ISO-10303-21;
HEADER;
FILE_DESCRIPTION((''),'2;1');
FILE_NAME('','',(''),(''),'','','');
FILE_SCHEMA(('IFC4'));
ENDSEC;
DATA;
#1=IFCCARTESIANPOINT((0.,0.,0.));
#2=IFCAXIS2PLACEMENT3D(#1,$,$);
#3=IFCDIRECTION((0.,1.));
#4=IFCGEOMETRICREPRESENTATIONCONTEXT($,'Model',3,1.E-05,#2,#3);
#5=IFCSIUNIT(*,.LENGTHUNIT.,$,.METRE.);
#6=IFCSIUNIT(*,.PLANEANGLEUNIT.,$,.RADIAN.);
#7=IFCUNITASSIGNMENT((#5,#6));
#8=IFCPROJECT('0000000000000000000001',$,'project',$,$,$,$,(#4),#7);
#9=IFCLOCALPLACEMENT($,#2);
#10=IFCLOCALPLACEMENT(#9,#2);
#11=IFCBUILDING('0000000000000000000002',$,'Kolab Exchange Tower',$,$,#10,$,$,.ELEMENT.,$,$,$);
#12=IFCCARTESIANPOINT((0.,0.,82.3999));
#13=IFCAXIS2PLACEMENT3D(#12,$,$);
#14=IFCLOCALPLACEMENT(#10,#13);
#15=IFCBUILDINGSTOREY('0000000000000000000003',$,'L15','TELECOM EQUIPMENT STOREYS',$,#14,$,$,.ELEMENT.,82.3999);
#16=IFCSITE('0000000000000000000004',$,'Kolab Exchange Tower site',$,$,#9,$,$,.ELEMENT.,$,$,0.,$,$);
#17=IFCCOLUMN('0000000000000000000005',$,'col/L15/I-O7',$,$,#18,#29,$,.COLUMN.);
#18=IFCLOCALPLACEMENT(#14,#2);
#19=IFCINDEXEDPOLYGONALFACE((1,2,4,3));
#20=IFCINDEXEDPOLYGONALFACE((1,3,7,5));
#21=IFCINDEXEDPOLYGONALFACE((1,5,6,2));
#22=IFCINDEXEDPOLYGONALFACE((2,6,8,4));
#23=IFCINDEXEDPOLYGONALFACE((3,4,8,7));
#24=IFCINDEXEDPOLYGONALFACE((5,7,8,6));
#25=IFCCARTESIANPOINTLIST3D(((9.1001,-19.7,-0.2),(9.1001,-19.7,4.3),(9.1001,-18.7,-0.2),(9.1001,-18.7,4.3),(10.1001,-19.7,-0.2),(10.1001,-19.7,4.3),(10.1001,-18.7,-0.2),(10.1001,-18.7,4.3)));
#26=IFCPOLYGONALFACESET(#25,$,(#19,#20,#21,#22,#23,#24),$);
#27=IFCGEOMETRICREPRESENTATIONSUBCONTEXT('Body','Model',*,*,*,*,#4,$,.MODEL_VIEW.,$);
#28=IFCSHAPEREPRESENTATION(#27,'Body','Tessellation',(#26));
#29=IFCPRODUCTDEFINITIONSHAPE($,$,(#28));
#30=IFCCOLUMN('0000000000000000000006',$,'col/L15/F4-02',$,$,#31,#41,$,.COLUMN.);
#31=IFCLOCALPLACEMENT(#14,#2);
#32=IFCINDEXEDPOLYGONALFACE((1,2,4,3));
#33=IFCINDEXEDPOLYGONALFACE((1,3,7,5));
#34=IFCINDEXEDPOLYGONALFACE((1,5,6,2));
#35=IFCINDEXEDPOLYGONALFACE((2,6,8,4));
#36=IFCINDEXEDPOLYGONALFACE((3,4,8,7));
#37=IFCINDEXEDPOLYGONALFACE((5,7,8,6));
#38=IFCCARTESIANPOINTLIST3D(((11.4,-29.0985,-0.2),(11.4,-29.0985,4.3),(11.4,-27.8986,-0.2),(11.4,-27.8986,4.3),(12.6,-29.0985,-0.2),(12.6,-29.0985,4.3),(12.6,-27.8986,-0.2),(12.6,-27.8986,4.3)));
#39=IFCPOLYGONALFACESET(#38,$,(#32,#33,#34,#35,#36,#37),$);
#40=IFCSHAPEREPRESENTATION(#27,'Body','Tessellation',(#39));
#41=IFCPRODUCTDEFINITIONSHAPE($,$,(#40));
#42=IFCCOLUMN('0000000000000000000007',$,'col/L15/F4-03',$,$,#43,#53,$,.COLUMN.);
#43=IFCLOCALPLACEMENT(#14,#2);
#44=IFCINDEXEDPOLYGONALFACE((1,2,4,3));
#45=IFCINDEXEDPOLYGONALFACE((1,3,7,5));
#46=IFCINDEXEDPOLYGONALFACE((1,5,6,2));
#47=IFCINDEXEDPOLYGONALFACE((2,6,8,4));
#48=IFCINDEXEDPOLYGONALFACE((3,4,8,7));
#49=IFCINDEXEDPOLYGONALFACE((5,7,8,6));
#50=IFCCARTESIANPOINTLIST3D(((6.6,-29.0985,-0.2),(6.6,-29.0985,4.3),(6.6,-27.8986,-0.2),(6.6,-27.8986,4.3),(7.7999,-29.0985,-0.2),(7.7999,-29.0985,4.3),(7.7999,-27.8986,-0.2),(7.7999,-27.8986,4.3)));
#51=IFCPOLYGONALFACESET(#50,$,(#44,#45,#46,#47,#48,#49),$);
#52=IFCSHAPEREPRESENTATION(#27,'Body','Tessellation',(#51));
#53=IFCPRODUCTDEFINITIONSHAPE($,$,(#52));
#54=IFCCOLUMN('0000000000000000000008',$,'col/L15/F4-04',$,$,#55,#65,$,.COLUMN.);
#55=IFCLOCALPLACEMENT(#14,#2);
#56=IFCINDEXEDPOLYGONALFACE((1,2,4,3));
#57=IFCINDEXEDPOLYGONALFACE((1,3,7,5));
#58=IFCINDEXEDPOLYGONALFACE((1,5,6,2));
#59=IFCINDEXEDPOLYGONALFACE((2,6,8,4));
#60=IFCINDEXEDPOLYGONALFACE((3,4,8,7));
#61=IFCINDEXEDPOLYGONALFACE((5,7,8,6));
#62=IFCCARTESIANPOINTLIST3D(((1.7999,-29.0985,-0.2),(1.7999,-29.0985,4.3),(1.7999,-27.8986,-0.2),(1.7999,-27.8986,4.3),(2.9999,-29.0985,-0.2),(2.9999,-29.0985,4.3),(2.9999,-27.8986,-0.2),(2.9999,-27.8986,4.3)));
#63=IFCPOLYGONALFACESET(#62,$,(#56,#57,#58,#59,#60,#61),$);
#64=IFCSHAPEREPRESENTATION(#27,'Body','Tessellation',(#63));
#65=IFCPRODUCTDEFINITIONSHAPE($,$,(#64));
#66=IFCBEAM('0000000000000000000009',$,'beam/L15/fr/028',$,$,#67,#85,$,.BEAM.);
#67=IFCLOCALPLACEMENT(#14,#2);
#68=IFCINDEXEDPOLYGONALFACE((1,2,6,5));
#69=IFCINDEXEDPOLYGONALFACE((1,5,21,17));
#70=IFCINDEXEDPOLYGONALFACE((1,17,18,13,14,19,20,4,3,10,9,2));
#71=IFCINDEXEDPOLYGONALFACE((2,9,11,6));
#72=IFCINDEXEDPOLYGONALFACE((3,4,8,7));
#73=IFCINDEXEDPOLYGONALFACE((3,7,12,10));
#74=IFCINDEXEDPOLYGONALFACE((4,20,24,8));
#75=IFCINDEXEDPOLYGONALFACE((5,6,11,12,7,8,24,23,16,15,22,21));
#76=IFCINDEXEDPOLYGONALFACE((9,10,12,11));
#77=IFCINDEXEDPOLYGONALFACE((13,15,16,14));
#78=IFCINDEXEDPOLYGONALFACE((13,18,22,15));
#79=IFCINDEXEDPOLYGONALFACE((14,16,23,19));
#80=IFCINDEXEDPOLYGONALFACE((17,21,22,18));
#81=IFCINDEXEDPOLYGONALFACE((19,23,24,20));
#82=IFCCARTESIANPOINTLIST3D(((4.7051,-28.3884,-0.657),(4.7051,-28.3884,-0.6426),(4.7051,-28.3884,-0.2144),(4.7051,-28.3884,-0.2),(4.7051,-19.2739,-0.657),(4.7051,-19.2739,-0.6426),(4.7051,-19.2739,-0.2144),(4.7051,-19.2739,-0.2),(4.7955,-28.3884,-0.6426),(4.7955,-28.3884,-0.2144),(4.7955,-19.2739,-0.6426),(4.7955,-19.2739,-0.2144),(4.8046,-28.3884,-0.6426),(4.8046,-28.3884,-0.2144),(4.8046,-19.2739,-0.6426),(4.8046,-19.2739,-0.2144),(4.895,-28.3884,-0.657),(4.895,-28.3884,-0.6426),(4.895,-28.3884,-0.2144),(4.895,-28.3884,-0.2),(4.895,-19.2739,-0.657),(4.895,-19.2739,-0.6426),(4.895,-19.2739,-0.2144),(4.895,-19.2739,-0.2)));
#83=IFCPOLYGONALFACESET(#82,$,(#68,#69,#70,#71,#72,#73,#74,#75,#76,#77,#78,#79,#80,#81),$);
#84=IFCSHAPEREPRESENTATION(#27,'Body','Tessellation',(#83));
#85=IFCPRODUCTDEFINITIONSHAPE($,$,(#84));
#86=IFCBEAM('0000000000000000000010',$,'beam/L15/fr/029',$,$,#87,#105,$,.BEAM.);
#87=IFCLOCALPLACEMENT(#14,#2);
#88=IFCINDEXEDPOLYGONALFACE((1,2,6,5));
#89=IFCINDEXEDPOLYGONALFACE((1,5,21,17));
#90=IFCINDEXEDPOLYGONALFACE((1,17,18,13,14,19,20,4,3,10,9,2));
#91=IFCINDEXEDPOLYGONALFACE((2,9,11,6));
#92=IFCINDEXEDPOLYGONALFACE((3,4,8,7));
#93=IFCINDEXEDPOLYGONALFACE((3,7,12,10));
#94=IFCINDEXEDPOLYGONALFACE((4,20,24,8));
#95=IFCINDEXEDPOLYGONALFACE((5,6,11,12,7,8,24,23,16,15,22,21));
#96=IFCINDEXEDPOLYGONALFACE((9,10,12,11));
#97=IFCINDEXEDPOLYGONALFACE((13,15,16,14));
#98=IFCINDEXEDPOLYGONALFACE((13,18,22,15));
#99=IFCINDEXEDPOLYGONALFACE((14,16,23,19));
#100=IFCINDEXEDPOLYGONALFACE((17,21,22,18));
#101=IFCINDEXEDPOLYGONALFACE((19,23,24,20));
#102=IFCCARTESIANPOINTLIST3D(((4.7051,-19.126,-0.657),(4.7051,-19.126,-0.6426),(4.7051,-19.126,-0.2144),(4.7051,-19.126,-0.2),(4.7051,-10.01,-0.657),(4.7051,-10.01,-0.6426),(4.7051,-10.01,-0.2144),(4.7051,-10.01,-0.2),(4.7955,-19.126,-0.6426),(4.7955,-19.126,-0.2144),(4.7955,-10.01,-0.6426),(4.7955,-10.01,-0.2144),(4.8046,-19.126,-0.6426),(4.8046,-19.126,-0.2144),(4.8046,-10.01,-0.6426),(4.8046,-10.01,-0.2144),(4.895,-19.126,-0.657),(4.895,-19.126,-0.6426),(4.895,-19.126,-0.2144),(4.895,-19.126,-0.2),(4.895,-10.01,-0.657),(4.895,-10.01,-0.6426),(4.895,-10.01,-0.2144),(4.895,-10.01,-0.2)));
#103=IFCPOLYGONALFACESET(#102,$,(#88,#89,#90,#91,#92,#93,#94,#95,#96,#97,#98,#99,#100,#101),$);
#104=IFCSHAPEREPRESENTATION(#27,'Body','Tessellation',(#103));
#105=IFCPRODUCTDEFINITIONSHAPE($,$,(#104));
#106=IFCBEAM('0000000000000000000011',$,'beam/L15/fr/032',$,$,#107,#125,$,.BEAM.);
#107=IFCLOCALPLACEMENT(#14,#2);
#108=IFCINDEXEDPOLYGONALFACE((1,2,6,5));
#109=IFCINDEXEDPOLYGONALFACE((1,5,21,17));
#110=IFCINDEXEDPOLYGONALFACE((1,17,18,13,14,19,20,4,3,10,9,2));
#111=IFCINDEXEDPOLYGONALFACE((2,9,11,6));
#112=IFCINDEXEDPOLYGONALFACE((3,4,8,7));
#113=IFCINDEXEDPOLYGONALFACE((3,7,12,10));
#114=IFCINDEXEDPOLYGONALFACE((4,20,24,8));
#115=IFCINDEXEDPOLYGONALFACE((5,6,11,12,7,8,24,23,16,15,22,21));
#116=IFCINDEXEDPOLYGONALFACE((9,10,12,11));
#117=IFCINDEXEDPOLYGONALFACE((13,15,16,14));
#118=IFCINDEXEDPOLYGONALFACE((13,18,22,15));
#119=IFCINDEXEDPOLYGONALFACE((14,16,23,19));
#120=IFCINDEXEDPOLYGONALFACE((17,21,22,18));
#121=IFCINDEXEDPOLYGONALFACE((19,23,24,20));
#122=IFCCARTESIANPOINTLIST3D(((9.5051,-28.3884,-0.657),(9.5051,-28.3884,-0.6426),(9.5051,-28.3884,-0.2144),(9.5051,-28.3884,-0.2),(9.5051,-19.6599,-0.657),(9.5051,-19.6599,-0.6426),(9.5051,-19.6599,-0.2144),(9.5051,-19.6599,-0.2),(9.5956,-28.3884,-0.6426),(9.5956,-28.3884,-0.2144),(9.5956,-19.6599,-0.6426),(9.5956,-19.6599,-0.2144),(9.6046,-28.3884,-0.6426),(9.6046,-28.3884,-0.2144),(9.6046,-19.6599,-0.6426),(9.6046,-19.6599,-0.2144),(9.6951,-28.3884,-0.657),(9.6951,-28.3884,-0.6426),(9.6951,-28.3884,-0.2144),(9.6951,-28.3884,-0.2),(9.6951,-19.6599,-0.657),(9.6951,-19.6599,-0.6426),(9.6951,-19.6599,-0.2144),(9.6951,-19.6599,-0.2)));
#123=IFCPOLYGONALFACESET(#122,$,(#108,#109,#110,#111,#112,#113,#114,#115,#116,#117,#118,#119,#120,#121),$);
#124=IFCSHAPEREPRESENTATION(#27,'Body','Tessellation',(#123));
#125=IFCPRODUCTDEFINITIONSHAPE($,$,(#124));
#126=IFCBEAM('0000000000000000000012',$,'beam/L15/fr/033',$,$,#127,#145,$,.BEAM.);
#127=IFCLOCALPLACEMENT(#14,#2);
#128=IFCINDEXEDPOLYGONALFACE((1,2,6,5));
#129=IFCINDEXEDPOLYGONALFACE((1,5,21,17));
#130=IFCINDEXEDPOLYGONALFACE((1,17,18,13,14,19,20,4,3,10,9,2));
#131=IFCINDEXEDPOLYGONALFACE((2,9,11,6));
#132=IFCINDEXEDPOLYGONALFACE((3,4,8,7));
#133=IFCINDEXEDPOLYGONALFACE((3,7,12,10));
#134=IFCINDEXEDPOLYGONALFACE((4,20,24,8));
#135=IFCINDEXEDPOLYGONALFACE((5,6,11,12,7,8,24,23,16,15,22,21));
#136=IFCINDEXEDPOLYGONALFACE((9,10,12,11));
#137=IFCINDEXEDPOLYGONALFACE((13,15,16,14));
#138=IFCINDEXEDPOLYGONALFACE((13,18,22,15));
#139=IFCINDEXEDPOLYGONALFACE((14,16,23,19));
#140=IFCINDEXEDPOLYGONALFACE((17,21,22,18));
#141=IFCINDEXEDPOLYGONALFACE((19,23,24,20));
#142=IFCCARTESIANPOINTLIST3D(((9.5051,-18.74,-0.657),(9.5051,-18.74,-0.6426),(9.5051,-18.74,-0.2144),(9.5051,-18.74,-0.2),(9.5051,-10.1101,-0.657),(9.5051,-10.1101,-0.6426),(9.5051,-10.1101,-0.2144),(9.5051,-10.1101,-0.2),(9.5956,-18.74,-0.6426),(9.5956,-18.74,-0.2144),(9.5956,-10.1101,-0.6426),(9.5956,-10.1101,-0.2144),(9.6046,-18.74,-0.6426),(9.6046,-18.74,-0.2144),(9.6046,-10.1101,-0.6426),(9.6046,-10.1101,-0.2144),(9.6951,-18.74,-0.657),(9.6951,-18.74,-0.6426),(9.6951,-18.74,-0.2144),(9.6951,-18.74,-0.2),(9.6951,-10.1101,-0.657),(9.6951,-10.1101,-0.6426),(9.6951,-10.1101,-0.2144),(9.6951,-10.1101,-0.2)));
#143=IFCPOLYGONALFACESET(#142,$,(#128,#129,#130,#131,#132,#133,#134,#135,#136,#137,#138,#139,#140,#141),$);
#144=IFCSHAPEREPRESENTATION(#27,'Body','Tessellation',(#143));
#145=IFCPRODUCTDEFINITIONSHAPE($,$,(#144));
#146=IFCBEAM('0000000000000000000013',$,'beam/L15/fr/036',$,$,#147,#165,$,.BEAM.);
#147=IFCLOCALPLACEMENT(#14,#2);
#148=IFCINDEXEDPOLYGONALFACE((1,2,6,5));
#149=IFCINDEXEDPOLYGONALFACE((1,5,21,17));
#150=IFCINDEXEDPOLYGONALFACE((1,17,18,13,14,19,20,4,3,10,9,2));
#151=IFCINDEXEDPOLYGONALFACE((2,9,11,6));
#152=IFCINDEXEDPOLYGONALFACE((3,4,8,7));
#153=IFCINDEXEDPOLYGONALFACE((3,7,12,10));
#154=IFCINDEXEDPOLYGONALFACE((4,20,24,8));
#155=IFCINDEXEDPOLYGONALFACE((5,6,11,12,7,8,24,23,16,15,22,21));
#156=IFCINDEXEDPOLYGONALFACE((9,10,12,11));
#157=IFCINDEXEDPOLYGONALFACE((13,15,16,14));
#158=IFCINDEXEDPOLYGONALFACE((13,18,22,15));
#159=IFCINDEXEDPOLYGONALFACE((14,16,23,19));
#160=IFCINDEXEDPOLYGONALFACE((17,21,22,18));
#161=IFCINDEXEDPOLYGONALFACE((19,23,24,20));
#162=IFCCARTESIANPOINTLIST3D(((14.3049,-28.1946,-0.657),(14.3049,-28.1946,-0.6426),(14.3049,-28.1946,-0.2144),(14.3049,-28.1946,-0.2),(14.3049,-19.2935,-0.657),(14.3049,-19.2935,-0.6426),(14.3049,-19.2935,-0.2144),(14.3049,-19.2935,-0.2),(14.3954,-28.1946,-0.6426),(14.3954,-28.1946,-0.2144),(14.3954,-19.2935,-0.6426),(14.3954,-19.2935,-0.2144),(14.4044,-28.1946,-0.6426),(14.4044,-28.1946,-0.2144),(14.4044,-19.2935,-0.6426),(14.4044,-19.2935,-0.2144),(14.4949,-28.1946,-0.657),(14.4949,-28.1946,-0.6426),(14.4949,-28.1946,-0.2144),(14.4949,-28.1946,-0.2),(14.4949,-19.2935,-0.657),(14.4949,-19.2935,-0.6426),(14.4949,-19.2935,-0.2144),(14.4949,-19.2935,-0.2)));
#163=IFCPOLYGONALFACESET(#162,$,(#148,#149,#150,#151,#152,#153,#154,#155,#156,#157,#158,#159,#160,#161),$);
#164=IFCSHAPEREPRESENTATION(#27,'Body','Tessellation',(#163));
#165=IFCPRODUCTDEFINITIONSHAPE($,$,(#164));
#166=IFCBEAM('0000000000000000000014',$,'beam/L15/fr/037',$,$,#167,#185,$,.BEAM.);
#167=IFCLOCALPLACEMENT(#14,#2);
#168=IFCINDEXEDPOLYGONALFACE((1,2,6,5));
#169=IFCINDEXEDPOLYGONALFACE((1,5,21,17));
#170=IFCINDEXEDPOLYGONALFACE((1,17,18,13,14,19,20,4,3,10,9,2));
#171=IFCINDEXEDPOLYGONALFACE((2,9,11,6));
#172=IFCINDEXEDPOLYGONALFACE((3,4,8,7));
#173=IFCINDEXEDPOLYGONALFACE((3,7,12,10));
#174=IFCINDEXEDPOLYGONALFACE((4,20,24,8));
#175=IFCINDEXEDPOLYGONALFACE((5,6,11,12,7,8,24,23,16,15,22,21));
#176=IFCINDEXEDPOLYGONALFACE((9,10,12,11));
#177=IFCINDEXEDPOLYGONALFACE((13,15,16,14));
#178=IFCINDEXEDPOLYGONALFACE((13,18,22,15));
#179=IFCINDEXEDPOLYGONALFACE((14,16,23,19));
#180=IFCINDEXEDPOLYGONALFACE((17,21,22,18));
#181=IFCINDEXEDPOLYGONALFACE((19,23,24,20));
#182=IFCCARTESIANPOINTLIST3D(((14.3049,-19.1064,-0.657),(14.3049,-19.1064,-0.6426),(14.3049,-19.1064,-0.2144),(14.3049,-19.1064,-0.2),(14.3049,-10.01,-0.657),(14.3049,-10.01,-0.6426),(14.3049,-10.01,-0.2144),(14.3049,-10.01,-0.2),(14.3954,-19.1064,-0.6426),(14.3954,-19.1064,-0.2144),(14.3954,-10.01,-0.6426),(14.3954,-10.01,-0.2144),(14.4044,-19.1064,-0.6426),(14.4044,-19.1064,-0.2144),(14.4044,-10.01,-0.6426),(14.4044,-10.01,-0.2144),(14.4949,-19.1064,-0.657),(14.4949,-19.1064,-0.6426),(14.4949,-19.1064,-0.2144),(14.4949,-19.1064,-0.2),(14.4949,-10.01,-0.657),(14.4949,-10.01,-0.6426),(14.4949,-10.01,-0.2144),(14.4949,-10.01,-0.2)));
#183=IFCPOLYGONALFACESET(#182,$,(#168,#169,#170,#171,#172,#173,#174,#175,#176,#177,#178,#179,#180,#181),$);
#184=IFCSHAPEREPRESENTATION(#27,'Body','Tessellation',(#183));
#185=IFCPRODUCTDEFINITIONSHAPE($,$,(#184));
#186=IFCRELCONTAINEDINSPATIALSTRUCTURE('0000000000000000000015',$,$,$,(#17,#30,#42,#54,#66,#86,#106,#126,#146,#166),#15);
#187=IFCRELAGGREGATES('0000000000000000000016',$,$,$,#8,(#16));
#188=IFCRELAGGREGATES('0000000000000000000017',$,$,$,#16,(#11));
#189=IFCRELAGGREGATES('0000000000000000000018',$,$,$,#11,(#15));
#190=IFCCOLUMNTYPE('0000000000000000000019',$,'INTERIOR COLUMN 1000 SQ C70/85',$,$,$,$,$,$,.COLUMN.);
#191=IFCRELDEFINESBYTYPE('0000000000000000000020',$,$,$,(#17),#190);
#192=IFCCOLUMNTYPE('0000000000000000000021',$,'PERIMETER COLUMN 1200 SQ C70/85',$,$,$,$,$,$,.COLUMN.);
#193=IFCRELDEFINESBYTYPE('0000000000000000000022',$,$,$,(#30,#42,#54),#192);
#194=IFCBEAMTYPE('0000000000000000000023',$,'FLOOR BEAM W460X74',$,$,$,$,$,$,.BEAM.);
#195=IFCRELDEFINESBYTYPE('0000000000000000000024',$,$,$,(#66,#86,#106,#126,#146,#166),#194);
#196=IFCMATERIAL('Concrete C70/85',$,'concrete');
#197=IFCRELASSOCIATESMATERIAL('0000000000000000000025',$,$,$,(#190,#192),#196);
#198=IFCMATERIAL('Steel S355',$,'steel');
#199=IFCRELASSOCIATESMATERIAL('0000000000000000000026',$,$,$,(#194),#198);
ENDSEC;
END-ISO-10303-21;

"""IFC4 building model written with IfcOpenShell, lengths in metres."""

from ifc_helpers import new_model, si_unit, direction, frame, origin, origin_2d, place, context, subcontext, project, spatial, rectangle, i_section, extrude, material, material_profile, profile_set, type_object, element, save


model = new_model("IFC4")

# Units and contexts
model_context = context("Model", 3, precision=1e-05, world=origin(), true_north=direction((0.0, 1.0)))
body_context = subcontext(model_context, "Body", "Model", "MODEL_VIEW")
ifc_project = project(units=[si_unit("LENGTHUNIT", "METRE"), si_unit("PLANEANGLEUNIT", "RADIAN")], contexts=[model_context])

# Site, building, storey
site_placement = place(None, origin())
site = spatial("IfcSite", under=ifc_project, at=site_placement, Name="Kolab Exchange Tower site", CompositionType="ELEMENT", RefElevation=0.0)
building_placement = place(site_placement, origin())
building = spatial("IfcBuilding", under=site, at=building_placement, Name="Kolab Exchange Tower", CompositionType="ELEMENT")
storey_placement = place(building_placement, frame((0.0, 0.0, 82.3999)))
storey = spatial("IfcBuildingStorey", under=building, at=storey_placement, Name="L15", Description="TELECOM EQUIPMENT STOREYS", CompositionType="ELEMENT", Elevation=82.3999)

# Columns
ifc_material_1 = material(Name="Concrete C70/85", Category="concrete")
ifc_material_profile_1 = material_profile(ifc_material_1, rectangle(XDim=1.0, YDim=1.0, at=origin_2d()), Name="RC1000")
ifc_profile_set_1 = profile_set([ifc_material_profile_1], Name="Concrete C70/85")
column_type_1 = type_object("IfcColumnType", Name="INTERIOR COLUMN 1000 SQ C70/85", PredefinedType="COLUMN", material=ifc_profile_set_1)
column_placement = place(storey_placement, frame((9.6001, -19.2, -0.2), z_axis=(0.0, 0.0, 1.0), x_axis=(1.0, 0.0, 0.0)))
element("IfcColumn", 1, at=column_placement, inside=storey, type_object=column_type_1, Name="col/L15/I-O7", PredefinedType="COLUMN", context=body_context, shape_type="SweptSolid", body=[
    extrude(rectangle(XDim=1.0, YDim=1.0, at=origin_2d()), origin(), (0.0, 0.0, 1.0), 4.5),
])
ifc_material_profile_2 = material_profile(ifc_material_1, rectangle(XDim=1.2, YDim=1.2, at=origin_2d()), Name="RC1200")
ifc_profile_set_2 = profile_set([ifc_material_profile_2], Name="Concrete C70/85")
column_type_2 = type_object("IfcColumnType", Name="PERIMETER COLUMN 1200 SQ C70/85", PredefinedType="COLUMN", material=ifc_profile_set_2)
for number, where, z_axis, x_axis, name in (
    (2, (12.0, -28.4985, -0.2), (0.0, 0.0, 1.0), (1.0, 0.0, 0.0), "col/L15/F4-02"),
    (3, (7.2, -28.4985, -0.2), (0.0, 0.0, 1.0), (1.0, 0.0, 0.0), "col/L15/F4-03"),
    (4, (2.3999, -28.4985, -0.2), (0.0, 0.0, 1.0), (1.0, 0.0, 0.0), "col/L15/F4-04"),
):
    element("IfcColumn", number, at=place(storey_placement, frame(where, z_axis=z_axis, x_axis=x_axis)), inside=storey, type_object=column_type_2, Name=name, PredefinedType="COLUMN", context=body_context, shape_type="SweptSolid", body=[
        extrude(rectangle(XDim=1.2, YDim=1.2, at=origin_2d()), origin(), (0.0, 0.0, 1.0), 4.5),
    ])

# Beams
ifc_material_2 = material(Name="Steel S355", Category="steel")
ifc_material_profile_3 = material_profile(ifc_material_2, i_section(OverallWidth=0.1899, OverallDepth=0.457, WebThickness=0.009, FlangeThickness=0.0144, at=origin_2d()), Name="W460X74")
ifc_profile_set_3 = profile_set([ifc_material_profile_3], Name="Steel S355")
beam_type_1 = type_object("IfcBeamType", Name="FLOOR BEAM W460X74", PredefinedType="BEAM", material=ifc_profile_set_3)
beam_1_placement = place(storey_placement, frame((4.8, -28.3884, -0.4285), z_axis=(0.0, 1.0, 0.0), x_axis=(-1.0, 0.0, 0.0)))
element("IfcBeam", 5, at=beam_1_placement, inside=storey, type_object=beam_type_1, Name="beam/L15/fr/028", PredefinedType="BEAM", context=body_context, shape_type="SweptSolid", body=[
    extrude(i_section(OverallWidth=0.1899, OverallDepth=0.457, WebThickness=0.009, FlangeThickness=0.0144, at=origin_2d()), origin(), (0.0, 0.0, 1.0), 9.1145),
])
beam_2_placement = place(storey_placement, frame((4.8, -19.126, -0.4285), z_axis=(0.0, 1.0, 0.0), x_axis=(-1.0, 0.0, 0.0)))
element("IfcBeam", 6, at=beam_2_placement, inside=storey, type_object=beam_type_1, Name="beam/L15/fr/029", PredefinedType="BEAM", context=body_context, shape_type="SweptSolid", body=[
    extrude(i_section(OverallWidth=0.1899, OverallDepth=0.457, WebThickness=0.009, FlangeThickness=0.0144, at=origin_2d()), origin(), (0.0, 0.0, 1.0), 9.116),
])
beam_3_placement = place(storey_placement, frame((9.6001, -28.3884, -0.4285), z_axis=(0.0, 1.0, 0.0), x_axis=(-1.0, 0.0, 0.0)))
element("IfcBeam", 7, at=beam_3_placement, inside=storey, type_object=beam_type_1, Name="beam/L15/fr/032", PredefinedType="BEAM", context=body_context, shape_type="SweptSolid", body=[
    extrude(i_section(OverallWidth=0.1899, OverallDepth=0.457, WebThickness=0.009, FlangeThickness=0.0144, at=origin_2d()), origin(), (0.0, 0.0, 1.0), 8.7285),
])
beam_4_placement = place(storey_placement, frame((9.6001, -18.74, -0.4285), z_axis=(0.0, 1.0, 0.0), x_axis=(-1.0, 0.0, 0.0)))
element("IfcBeam", 8, at=beam_4_placement, inside=storey, type_object=beam_type_1, Name="beam/L15/fr/033", PredefinedType="BEAM", context=body_context, shape_type="SweptSolid", body=[
    extrude(i_section(OverallWidth=0.1899, OverallDepth=0.457, WebThickness=0.009, FlangeThickness=0.0144, at=origin_2d()), origin(), (0.0, 0.0, 1.0), 8.6299),
])
beam_5_placement = place(storey_placement, frame((14.3999, -28.1946, -0.4285), z_axis=(0.0, 1.0, 0.0), x_axis=(-1.0, 0.0, 0.0)))
element("IfcBeam", 9, at=beam_5_placement, inside=storey, type_object=beam_type_1, Name="beam/L15/fr/036", PredefinedType="BEAM", context=body_context, shape_type="SweptSolid", body=[
    extrude(i_section(OverallWidth=0.1899, OverallDepth=0.457, WebThickness=0.009, FlangeThickness=0.0144, at=origin_2d()), origin(), (0.0, 0.0, 1.0), 8.9011),
])
beam_6_placement = place(storey_placement, frame((14.3999, -19.1064, -0.4285), z_axis=(0.0, 1.0, 0.0), x_axis=(-1.0, 0.0, 0.0)))
element("IfcBeam", 10, at=beam_6_placement, inside=storey, type_object=beam_type_1, Name="beam/L15/fr/037", PredefinedType="BEAM", context=body_context, shape_type="SweptSolid", body=[
    extrude(i_section(OverallWidth=0.1899, OverallDepth=0.457, WebThickness=0.009, FlangeThickness=0.0144, at=origin_2d()), origin(), (0.0, 0.0, 1.0), 9.0964),
])

save(model, "model.ifc")
